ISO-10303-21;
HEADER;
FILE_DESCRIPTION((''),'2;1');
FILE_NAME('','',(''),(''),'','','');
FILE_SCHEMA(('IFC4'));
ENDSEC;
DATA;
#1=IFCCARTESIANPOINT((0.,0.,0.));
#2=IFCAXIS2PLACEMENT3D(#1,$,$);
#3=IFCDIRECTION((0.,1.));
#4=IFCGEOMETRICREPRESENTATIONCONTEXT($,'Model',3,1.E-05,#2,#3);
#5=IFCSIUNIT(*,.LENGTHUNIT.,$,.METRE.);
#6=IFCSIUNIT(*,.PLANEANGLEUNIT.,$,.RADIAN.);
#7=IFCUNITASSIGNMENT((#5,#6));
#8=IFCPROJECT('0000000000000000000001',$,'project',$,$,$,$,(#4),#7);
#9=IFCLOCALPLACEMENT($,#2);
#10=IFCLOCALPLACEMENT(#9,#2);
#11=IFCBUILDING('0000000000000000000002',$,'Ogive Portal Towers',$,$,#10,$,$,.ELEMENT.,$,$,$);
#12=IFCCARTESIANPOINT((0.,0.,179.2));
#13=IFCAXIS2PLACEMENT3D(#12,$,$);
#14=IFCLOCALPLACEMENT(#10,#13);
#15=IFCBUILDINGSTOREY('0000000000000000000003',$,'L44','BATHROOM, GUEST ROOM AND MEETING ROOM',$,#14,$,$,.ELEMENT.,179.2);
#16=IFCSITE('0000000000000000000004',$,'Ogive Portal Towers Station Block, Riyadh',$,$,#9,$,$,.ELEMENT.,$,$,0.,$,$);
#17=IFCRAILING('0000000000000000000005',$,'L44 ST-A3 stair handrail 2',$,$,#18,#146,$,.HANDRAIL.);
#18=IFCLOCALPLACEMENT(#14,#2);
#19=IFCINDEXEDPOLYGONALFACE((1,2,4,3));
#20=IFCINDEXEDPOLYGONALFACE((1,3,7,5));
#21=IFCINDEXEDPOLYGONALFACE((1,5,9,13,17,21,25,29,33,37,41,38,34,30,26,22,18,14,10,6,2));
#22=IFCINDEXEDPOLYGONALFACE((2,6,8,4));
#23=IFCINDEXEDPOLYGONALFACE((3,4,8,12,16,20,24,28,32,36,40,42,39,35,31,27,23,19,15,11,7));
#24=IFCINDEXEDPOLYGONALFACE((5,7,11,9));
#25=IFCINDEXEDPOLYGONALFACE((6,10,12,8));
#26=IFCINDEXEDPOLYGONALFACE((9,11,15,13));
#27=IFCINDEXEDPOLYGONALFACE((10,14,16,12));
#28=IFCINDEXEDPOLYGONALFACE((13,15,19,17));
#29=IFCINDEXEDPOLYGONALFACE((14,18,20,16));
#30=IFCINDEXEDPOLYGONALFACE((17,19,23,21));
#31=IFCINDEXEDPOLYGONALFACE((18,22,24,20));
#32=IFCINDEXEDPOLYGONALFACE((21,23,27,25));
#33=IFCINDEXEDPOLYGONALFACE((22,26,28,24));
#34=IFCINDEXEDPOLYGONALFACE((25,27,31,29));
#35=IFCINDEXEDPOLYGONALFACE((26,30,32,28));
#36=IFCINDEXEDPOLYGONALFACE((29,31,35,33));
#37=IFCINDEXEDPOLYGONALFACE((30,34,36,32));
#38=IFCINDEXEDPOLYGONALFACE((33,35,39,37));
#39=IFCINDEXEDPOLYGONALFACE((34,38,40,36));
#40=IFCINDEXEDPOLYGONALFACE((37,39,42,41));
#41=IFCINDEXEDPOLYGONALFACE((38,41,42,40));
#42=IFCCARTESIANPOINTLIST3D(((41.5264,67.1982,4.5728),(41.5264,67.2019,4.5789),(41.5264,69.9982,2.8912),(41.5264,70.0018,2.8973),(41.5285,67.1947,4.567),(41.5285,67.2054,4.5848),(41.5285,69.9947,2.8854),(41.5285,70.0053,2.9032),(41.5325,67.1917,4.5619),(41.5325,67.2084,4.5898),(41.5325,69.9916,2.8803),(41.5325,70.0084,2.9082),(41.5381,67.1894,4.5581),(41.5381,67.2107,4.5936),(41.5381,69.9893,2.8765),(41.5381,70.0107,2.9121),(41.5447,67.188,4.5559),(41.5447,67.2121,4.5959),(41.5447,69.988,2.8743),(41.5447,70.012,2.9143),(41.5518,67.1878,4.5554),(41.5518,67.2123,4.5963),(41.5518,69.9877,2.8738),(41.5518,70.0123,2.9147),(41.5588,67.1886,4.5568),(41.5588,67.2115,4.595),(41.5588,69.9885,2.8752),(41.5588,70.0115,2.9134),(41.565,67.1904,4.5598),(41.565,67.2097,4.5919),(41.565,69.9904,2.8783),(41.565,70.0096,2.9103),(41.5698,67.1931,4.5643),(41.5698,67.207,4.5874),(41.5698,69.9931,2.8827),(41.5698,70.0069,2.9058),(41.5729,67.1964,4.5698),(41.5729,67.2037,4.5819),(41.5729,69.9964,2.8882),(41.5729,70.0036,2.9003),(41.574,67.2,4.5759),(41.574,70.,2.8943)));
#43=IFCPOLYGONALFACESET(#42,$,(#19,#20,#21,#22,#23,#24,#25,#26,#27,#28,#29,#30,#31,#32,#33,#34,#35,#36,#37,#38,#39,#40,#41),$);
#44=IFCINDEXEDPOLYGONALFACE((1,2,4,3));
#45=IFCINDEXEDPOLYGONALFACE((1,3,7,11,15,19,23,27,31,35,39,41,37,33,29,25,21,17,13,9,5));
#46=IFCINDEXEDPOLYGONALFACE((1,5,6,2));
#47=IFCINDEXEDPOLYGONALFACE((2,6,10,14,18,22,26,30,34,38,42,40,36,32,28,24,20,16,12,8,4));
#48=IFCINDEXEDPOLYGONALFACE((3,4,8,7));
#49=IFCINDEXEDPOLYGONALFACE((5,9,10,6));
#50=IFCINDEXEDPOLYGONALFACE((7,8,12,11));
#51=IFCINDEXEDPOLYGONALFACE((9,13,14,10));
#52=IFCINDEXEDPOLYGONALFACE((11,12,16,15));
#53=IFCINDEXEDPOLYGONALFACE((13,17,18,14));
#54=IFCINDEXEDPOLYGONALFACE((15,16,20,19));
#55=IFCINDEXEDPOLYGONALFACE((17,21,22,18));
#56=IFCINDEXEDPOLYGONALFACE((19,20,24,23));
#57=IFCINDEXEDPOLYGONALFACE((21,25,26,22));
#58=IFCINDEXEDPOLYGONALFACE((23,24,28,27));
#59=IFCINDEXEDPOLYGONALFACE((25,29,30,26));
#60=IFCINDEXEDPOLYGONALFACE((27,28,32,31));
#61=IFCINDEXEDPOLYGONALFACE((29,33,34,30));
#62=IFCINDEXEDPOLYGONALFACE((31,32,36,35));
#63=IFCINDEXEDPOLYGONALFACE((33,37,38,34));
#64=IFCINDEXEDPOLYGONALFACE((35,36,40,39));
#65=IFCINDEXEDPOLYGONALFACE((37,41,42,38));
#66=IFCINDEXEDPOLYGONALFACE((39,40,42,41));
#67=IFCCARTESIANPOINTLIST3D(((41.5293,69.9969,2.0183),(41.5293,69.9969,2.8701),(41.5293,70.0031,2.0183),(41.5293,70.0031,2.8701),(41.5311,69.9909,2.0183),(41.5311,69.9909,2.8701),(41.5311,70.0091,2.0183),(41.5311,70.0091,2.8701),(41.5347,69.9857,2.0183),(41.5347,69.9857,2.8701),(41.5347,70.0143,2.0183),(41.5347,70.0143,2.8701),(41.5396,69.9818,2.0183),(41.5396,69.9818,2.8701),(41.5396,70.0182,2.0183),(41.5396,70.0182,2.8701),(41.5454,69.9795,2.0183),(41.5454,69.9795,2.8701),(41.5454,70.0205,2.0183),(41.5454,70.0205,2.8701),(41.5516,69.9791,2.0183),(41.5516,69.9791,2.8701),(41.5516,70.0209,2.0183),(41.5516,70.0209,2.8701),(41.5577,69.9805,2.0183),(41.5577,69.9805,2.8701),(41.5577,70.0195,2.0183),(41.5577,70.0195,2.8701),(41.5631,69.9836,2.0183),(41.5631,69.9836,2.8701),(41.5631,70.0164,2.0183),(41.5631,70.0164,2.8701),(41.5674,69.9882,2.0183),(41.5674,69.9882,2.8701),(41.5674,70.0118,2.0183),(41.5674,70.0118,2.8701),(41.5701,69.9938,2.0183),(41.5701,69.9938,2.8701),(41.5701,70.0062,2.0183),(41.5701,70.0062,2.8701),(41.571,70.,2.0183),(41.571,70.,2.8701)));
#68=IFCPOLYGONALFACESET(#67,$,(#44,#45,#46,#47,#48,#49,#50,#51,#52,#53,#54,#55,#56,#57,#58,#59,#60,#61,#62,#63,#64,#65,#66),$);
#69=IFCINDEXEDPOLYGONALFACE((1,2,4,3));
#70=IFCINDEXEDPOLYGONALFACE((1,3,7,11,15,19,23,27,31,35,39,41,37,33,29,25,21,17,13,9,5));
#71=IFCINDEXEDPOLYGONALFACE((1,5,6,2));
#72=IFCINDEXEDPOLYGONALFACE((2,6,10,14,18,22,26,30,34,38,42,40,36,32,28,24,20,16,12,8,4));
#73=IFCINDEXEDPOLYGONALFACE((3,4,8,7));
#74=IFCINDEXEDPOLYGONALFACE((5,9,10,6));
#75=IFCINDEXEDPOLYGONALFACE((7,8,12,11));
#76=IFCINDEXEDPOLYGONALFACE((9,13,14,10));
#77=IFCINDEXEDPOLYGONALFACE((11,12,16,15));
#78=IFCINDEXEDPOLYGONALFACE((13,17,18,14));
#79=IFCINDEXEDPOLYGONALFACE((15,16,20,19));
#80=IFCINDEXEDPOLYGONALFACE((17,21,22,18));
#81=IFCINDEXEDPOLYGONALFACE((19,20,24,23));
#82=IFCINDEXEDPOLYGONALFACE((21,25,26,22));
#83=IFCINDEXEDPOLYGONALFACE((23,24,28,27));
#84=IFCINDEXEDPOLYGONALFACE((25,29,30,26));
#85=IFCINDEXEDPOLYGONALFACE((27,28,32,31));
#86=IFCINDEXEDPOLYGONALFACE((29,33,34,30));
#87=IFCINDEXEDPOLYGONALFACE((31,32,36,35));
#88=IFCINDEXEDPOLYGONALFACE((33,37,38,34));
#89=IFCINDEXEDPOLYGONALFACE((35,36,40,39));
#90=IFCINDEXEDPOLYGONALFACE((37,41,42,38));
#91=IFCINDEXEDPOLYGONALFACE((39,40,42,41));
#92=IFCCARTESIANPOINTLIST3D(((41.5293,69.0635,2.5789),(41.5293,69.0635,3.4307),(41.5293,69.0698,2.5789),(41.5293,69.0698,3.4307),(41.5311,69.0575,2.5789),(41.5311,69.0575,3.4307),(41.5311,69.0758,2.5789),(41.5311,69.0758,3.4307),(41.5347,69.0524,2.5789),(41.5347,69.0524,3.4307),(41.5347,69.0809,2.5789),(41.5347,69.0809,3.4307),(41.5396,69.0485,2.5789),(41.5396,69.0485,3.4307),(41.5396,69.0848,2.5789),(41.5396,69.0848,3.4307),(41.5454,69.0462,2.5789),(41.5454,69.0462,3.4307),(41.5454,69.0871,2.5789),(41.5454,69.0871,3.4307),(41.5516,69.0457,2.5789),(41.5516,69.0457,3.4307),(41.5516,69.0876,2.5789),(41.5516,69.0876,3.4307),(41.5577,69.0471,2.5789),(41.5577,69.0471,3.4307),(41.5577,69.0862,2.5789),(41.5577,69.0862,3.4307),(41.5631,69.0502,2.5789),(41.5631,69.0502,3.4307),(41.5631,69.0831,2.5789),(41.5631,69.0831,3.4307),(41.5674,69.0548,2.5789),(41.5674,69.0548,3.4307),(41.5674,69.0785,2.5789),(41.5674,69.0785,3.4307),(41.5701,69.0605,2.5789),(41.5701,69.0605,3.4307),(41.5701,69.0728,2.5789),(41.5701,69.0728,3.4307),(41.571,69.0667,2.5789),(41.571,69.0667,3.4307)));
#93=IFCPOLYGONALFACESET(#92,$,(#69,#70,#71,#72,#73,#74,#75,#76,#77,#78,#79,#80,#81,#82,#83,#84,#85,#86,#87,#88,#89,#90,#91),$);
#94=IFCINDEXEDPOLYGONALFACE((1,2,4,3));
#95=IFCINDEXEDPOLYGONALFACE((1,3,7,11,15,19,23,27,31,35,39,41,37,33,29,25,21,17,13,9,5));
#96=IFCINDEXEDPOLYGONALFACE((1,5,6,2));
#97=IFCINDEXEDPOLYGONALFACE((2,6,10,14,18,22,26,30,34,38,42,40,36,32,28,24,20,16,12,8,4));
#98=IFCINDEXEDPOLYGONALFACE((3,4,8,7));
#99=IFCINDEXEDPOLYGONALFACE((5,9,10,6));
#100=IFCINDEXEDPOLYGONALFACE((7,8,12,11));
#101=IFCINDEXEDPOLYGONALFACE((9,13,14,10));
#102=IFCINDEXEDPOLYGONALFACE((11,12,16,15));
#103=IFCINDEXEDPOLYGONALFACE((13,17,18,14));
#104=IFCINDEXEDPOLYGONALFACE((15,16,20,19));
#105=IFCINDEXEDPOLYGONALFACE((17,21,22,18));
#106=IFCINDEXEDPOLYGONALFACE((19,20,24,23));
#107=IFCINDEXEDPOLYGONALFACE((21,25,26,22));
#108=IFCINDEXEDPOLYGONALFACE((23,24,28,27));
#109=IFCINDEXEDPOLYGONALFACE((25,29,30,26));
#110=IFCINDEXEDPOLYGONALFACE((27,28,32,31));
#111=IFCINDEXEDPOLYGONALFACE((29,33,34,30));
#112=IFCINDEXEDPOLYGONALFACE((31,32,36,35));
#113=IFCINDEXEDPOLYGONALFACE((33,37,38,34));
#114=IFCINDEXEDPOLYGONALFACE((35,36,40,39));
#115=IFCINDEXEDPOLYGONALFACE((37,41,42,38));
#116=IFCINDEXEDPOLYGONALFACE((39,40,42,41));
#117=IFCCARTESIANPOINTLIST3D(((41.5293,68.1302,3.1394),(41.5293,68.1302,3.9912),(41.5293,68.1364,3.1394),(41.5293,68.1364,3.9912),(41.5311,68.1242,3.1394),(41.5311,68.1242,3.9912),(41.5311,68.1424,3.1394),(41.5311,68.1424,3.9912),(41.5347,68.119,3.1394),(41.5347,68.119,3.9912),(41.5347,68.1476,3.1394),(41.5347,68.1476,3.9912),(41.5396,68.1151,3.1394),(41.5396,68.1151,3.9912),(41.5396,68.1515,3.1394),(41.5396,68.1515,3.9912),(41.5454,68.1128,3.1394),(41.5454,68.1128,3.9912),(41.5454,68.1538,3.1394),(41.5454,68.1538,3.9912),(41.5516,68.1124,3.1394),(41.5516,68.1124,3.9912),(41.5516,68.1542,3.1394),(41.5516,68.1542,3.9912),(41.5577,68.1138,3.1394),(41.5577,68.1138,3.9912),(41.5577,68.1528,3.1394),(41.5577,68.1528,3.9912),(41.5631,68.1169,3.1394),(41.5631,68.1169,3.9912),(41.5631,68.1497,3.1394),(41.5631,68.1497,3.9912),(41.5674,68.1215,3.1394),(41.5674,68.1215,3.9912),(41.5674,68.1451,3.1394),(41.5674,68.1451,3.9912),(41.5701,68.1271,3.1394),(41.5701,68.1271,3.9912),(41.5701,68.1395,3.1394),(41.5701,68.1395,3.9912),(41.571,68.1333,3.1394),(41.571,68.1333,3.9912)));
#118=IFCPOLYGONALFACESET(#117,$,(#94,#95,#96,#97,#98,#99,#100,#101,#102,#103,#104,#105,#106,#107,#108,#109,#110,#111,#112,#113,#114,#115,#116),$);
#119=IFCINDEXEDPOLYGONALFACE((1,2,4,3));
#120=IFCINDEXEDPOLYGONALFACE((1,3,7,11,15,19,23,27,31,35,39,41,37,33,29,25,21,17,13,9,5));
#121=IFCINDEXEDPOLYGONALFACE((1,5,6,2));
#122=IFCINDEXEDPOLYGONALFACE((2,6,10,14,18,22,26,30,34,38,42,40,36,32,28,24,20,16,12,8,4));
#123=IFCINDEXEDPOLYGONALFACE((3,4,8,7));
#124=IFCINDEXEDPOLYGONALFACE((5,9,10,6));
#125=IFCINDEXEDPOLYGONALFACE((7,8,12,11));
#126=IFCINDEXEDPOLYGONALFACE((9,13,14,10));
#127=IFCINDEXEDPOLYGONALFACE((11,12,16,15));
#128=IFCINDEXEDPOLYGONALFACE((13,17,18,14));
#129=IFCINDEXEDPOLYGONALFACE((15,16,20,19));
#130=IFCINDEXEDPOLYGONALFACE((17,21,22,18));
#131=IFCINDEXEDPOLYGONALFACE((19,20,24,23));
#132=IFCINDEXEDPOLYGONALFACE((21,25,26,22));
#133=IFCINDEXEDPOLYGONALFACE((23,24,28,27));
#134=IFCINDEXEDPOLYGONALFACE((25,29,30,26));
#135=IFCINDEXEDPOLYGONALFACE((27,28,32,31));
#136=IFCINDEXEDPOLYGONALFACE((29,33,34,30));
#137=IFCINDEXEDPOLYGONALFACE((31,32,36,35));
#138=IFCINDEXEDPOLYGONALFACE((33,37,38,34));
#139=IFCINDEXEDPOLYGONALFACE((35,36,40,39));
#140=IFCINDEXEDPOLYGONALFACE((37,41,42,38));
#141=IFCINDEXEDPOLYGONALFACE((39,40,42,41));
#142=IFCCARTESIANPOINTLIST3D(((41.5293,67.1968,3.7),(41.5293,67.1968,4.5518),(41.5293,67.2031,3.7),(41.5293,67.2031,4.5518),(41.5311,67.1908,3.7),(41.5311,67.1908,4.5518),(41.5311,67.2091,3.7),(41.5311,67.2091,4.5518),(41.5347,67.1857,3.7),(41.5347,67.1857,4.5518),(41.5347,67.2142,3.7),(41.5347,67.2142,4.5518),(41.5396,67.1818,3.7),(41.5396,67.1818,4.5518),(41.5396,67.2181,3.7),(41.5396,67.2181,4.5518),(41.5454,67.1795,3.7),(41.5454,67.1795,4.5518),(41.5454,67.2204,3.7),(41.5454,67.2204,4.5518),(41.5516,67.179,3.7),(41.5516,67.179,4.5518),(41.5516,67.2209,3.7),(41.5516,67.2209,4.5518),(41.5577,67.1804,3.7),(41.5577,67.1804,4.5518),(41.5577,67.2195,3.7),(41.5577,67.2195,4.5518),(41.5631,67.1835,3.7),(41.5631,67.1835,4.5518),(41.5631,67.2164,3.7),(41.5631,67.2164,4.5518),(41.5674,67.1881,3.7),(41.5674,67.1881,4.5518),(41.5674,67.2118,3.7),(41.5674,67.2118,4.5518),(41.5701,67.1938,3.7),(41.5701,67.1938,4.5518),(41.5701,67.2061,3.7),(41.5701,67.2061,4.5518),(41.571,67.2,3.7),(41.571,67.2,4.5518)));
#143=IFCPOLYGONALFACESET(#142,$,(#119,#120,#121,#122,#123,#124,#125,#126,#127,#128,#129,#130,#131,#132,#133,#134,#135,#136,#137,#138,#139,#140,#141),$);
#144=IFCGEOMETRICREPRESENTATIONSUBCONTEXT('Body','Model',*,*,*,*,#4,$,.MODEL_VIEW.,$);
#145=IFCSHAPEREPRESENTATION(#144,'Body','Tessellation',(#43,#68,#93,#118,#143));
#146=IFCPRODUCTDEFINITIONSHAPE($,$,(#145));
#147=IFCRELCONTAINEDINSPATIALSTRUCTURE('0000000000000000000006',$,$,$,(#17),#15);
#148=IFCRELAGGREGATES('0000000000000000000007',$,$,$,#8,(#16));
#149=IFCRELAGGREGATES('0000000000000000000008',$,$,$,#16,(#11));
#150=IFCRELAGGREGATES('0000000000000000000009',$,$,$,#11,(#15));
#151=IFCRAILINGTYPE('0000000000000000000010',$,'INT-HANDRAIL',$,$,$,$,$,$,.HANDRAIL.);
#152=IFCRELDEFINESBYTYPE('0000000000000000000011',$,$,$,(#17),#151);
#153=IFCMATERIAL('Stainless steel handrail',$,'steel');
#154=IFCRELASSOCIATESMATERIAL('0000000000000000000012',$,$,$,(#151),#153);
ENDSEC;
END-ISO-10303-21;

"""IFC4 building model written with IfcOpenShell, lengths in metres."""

from ifc_helpers import new_model, si_unit, direction, frame, origin, origin_2d, place, context, subcontext, project, spatial, circle, extrude, material, type_object, element, save


model = new_model("IFC4")

# Units and contexts
model_context = context("Model", 3, precision=1e-05, world=origin(), true_north=direction((0.0, 1.0)))
body_context = subcontext(model_context, "Body", "Model", "MODEL_VIEW")
ifc_project = project(units=[si_unit("LENGTHUNIT", "METRE"), si_unit("PLANEANGLEUNIT", "RADIAN")], contexts=[model_context])

# Site, building, storey
site_placement = place(None, origin())
site = spatial("IfcSite", under=ifc_project, at=site_placement, Name="Ogive Portal Towers Station Block, Riyadh", CompositionType="ELEMENT", RefElevation=0.0)
building_placement = place(site_placement, origin())
building = spatial("IfcBuilding", under=site, at=building_placement, Name="Ogive Portal Towers", CompositionType="ELEMENT")
storey_placement = place(building_placement, frame((0.0, 0.0, 179.2)))
storey = spatial("IfcBuildingStorey", under=building, at=storey_placement, Name="L44", Description="BATHROOM, GUEST ROOM AND MEETING ROOM", CompositionType="ELEMENT", Elevation=179.2)

# Railing
ifc_material_1 = material(Name="Stainless steel handrail", Category="steel")
railing_type_1 = type_object("IfcRailingType", Name="INT-HANDRAIL", PredefinedType="HANDRAIL", material=ifc_material_1)
railing_1_placement = place(storey_placement, frame((41.55, 70.0, 2.0183)))
element("IfcRailing", 1, at=railing_1_placement, inside=storey, type_object=railing_type_1, Name="L44 ST-A3 stair handrail 2", PredefinedType="HANDRAIL", context=body_context, shape_type="SweptSolid", body=[
    extrude(circle(Radius=0.0239, at=origin_2d()), frame((0.0, 0.0, 0.876), z_axis=(0.0, -0.857275, 0.514858), x_axis=(1.0, 0.0, 0.0)), (0.0, 0.0, 1.0), 3.2661),
    extrude(circle(Radius=0.021, at=origin_2d()), origin(), (0.0, 0.0, 1.0), 0.8518),
    extrude(circle(Radius=0.021, at=origin_2d()), frame((0.0, -0.9333, 0.5605)), (0.0, 0.0, 1.0), 0.8518),
    extrude(circle(Radius=0.021, at=origin_2d()), frame((0.0, -1.8667, 1.1211)), (0.0, 0.0, 1.0), 0.8518),
    extrude(circle(Radius=0.021, at=origin_2d()), frame((0.0, -2.8, 1.6816)), (0.0, 0.0, 1.0), 0.8518),
])

save(model, "model.ifc")
